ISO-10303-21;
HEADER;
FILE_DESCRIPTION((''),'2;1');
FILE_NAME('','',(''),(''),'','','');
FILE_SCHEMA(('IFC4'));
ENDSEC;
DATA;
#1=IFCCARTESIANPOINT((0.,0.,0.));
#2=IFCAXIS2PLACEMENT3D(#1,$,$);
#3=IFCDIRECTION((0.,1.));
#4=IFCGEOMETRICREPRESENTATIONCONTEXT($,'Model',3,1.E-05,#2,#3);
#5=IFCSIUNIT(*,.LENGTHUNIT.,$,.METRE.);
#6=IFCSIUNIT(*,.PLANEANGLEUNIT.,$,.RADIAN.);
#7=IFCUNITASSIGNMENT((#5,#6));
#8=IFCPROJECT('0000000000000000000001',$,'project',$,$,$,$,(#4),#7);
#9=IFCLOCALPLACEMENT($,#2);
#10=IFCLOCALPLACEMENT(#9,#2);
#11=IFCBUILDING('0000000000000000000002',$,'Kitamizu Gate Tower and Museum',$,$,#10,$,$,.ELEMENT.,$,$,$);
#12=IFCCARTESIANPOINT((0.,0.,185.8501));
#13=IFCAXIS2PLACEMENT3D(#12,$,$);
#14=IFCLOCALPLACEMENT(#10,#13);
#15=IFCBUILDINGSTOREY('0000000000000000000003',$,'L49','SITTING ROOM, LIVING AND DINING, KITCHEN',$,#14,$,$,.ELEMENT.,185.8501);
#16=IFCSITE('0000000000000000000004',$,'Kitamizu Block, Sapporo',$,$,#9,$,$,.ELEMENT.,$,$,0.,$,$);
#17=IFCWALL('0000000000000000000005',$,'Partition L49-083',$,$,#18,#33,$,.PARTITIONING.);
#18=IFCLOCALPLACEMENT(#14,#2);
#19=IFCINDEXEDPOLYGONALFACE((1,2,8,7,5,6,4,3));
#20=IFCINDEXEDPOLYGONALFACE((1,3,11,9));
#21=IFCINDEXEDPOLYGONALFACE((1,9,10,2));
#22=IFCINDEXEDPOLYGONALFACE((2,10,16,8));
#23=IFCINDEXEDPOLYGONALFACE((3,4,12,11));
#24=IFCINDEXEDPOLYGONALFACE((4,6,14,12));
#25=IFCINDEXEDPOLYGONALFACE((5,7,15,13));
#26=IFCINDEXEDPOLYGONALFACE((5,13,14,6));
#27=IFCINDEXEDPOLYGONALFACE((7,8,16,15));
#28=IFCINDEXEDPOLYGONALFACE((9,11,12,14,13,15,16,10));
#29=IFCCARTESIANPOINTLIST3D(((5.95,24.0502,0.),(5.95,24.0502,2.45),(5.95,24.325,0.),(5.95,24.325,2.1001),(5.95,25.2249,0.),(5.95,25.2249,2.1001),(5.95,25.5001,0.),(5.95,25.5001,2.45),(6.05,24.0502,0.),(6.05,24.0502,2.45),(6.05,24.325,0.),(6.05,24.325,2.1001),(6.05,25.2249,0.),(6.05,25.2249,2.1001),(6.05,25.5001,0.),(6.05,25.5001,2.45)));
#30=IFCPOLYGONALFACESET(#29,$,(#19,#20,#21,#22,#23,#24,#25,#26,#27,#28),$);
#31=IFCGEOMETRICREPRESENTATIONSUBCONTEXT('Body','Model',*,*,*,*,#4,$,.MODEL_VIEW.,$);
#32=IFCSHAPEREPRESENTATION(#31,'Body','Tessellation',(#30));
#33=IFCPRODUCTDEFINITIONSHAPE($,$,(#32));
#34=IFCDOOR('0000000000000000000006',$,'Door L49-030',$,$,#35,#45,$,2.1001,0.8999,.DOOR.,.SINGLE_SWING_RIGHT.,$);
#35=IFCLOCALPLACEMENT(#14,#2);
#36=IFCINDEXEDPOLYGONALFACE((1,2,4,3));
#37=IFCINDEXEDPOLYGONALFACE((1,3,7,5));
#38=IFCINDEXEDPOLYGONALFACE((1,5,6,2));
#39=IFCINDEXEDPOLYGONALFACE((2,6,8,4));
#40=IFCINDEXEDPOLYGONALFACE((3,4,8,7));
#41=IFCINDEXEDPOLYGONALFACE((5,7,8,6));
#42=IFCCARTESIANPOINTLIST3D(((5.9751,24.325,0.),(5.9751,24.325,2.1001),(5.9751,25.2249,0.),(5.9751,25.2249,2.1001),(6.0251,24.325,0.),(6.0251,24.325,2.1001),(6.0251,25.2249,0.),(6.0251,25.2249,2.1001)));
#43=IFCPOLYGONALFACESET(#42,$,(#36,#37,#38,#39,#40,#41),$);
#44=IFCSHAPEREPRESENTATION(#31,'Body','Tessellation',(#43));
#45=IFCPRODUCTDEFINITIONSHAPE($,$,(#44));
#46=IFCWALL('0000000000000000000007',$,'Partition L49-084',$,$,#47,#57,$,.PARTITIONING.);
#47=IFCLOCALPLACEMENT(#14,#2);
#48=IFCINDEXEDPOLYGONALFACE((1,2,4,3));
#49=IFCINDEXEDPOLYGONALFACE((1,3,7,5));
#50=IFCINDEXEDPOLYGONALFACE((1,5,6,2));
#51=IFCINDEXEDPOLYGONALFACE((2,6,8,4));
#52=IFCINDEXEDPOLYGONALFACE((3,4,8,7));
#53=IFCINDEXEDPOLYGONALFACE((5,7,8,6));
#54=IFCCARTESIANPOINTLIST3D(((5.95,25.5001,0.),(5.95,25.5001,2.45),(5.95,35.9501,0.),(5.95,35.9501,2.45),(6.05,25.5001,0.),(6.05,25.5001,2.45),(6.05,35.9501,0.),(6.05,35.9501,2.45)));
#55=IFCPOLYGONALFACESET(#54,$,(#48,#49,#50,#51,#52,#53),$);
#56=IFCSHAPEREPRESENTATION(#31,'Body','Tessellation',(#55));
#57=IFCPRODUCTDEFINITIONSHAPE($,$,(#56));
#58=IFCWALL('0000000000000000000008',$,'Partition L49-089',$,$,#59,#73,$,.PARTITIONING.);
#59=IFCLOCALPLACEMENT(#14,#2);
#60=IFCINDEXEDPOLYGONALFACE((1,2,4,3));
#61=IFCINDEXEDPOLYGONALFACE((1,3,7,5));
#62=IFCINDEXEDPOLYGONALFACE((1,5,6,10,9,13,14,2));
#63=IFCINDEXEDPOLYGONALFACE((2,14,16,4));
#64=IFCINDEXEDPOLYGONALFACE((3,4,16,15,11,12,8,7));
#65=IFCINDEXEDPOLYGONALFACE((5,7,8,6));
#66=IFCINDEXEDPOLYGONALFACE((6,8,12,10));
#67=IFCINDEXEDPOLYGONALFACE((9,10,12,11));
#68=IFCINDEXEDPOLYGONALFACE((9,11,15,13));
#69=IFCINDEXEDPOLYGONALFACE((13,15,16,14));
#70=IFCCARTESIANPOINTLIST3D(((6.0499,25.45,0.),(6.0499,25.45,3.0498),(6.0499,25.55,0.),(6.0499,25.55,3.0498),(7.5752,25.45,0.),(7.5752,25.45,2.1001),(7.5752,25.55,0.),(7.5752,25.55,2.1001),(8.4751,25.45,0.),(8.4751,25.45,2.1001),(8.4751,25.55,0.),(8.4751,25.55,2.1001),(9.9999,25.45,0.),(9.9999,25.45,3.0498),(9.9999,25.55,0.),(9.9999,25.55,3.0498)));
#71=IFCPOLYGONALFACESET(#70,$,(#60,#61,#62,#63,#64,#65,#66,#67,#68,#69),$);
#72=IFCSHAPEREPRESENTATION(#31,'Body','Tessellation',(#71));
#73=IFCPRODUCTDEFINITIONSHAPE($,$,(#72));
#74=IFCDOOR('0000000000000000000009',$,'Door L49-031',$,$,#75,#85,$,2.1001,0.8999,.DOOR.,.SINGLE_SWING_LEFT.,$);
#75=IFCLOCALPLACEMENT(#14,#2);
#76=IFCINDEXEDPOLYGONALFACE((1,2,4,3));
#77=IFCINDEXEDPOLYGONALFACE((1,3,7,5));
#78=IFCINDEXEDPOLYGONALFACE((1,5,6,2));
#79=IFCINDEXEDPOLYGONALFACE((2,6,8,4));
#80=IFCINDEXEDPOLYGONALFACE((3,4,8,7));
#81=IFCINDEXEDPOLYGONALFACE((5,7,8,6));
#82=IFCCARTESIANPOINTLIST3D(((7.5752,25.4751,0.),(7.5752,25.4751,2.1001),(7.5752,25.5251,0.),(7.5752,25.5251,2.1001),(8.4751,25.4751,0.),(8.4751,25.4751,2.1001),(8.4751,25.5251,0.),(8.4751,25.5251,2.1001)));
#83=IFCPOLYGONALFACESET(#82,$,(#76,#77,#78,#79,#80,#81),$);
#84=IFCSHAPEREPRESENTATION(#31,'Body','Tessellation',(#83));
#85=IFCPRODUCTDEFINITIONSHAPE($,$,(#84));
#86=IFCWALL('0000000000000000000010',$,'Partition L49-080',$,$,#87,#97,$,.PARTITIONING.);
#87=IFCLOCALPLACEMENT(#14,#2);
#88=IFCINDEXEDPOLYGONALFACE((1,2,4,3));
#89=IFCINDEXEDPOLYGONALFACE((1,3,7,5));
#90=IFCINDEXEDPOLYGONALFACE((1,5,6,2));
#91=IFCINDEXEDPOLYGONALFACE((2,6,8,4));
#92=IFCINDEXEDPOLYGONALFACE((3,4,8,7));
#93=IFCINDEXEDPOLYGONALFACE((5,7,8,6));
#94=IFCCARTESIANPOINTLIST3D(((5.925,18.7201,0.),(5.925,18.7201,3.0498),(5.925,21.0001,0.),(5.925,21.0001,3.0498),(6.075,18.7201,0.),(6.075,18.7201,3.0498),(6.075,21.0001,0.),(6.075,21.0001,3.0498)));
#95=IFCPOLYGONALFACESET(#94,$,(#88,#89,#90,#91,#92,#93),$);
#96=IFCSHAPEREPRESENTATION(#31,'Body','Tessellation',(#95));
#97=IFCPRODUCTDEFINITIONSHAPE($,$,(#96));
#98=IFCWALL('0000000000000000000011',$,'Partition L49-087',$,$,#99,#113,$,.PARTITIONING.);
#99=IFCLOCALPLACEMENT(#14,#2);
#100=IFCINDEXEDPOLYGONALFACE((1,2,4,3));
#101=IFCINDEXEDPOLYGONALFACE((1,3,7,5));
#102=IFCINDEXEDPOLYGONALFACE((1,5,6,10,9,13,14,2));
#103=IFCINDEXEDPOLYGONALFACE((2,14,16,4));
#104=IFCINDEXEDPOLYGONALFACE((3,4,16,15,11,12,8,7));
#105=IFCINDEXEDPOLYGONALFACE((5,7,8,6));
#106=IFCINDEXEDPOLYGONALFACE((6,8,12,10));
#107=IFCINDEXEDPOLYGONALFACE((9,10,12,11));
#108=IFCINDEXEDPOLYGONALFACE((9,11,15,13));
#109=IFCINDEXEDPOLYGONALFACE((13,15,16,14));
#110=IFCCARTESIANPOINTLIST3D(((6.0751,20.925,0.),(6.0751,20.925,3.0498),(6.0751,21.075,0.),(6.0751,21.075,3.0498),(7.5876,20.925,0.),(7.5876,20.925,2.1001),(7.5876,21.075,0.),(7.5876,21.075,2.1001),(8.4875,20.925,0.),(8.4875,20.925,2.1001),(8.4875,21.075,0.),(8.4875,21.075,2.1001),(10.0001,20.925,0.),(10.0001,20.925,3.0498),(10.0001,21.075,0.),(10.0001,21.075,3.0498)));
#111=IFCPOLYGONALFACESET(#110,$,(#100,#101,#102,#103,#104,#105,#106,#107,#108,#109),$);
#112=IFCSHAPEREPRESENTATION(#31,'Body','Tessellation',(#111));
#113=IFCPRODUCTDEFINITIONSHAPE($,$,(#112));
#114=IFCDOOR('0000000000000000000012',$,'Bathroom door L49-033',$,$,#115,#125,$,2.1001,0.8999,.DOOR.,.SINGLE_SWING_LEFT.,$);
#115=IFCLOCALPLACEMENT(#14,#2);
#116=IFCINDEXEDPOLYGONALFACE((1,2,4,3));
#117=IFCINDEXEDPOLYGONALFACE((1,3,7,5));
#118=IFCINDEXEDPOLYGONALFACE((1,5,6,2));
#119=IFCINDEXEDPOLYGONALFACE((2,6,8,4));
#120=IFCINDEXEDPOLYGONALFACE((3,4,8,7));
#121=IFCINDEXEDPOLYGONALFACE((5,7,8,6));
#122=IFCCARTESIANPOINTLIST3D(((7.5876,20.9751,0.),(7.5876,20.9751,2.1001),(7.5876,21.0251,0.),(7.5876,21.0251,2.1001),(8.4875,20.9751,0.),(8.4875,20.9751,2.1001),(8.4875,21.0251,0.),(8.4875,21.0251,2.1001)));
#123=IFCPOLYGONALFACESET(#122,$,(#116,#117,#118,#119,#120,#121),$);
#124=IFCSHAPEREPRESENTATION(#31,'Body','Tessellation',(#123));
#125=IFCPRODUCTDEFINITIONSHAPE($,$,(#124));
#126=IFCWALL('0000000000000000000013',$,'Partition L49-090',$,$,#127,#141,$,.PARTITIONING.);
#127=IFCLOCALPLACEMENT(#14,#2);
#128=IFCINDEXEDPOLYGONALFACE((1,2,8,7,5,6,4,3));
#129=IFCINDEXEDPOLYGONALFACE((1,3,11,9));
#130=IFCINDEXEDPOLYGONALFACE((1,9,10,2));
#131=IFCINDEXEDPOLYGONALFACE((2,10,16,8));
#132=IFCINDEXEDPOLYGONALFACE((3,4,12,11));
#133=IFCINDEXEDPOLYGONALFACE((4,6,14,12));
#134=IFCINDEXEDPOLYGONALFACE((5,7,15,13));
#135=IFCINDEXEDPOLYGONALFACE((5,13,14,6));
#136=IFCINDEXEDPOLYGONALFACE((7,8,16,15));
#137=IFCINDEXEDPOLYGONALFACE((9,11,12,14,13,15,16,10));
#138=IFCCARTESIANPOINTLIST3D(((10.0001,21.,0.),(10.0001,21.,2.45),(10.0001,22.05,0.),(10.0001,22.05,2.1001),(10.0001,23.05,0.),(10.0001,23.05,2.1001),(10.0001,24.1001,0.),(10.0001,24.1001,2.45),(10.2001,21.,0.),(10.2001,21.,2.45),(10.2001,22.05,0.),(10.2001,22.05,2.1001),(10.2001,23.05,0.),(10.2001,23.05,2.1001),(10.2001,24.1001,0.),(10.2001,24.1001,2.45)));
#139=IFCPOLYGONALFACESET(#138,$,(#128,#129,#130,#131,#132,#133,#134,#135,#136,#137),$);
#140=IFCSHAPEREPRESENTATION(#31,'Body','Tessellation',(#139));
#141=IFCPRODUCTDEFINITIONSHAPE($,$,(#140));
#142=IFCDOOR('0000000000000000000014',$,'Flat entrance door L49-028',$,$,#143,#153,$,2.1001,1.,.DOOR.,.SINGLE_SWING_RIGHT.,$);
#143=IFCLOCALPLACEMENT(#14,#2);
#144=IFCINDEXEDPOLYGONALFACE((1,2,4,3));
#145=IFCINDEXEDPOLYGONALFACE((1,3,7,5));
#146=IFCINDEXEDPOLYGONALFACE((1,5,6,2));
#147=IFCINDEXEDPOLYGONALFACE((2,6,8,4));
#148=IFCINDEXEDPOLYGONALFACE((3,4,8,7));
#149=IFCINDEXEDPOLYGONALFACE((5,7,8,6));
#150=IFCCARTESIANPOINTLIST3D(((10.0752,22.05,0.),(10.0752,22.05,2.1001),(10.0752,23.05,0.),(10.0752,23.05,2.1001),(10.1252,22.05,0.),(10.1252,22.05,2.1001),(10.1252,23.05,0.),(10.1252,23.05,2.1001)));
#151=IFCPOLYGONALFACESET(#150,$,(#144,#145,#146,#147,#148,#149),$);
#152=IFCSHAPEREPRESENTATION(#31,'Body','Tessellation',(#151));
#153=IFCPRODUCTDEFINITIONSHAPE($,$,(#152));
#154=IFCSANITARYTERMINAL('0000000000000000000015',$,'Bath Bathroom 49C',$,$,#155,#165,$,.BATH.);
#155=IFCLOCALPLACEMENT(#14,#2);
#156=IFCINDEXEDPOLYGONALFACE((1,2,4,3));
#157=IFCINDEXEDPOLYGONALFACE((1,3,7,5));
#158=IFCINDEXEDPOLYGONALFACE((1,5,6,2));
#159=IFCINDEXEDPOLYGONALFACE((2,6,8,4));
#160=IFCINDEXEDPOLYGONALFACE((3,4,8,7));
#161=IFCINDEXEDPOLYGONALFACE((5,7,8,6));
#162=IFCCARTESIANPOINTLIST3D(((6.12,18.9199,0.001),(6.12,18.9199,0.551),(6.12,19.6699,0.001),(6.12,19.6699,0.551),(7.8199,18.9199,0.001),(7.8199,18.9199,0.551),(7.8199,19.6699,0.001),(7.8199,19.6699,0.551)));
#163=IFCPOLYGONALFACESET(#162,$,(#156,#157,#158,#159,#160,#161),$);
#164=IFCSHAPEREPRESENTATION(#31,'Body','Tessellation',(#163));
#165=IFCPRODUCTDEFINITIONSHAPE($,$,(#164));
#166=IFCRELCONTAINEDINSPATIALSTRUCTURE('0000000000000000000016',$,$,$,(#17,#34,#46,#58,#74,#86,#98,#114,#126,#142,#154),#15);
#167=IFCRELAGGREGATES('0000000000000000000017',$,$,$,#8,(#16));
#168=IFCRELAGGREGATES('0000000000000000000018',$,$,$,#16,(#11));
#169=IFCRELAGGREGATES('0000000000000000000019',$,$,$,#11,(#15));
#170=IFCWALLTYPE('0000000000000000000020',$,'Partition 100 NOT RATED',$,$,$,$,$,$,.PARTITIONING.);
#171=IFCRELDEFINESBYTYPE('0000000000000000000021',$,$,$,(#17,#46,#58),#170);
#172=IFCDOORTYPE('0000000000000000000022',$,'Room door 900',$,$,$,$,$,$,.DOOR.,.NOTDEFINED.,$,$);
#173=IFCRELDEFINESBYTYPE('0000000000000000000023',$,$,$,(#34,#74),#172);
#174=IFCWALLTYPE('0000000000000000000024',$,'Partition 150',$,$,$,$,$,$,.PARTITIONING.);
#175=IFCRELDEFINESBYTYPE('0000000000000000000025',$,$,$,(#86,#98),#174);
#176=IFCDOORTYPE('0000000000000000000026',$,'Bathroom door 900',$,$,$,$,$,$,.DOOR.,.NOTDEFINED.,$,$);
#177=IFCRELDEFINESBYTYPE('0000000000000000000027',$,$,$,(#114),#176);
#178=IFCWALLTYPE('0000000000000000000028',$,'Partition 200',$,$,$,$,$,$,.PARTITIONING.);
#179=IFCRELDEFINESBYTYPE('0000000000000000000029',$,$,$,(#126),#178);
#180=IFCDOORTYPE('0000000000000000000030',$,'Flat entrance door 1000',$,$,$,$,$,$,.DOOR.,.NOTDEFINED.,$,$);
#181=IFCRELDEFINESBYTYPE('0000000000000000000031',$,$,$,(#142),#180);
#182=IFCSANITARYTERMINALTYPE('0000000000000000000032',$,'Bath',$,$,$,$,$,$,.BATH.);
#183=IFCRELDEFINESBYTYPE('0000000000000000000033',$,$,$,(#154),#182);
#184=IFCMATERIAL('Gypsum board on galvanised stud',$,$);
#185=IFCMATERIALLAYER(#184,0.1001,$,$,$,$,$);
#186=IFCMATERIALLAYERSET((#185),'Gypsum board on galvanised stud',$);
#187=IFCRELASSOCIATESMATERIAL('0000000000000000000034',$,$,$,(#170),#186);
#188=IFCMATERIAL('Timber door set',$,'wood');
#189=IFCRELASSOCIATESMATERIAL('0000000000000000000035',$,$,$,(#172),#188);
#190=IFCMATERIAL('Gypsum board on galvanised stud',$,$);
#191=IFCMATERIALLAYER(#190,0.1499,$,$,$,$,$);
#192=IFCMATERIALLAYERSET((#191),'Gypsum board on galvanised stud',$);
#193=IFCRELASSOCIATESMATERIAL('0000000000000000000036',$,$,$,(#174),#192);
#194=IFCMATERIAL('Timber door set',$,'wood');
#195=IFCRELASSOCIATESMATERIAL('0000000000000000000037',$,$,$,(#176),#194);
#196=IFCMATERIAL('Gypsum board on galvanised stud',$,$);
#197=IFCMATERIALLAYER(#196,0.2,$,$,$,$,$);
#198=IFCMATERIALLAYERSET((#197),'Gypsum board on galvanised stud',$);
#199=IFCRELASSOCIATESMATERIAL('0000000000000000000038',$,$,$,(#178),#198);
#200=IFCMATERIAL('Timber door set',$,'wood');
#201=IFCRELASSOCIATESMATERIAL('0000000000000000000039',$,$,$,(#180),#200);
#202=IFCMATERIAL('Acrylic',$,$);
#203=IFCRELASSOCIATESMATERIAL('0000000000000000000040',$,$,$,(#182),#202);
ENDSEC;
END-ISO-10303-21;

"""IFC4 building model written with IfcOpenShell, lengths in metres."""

from ifc_helpers import new_model, si_unit, direction, frame, frame_2d, origin, origin_2d, place, context, subcontext, project, spatial, rectangle, extrude, material, layer, layer_set, type_object, element, fill, save


model = new_model("IFC4")

# Units and contexts
model_context = context("Model", 3, precision=1e-05, world=origin(), true_north=direction((0.0, 1.0)))
body_context = subcontext(model_context, "Body", "Model", "MODEL_VIEW")
ifc_project = project(units=[si_unit("LENGTHUNIT", "METRE"), si_unit("PLANEANGLEUNIT", "RADIAN")], contexts=[model_context])

# Site, building, storey
site_placement = place(None, origin())
site = spatial("IfcSite", under=ifc_project, at=site_placement, Name="Kitamizu Block, Sapporo", CompositionType="ELEMENT", RefElevation=0.0)
building_placement = place(site_placement, origin())
building = spatial("IfcBuilding", under=site, at=building_placement, Name="Kitamizu Gate Tower and Museum", CompositionType="ELEMENT")
storey_placement = place(building_placement, frame((0.0, 0.0, 185.8501)))
storey = spatial("IfcBuildingStorey", under=building, at=storey_placement, Name="L49", Description="SITTING ROOM, LIVING AND DINING, KITCHEN", CompositionType="ELEMENT", Elevation=185.8501)

# Shared definitions
ifc_material_1 = material(Name="Gypsum board on galvanised stud")
ifc_layer_1 = layer(ifc_material_1, 0.1001)
ifc_layer_set_1 = layer_set([ifc_layer_1], Name="Gypsum board on galvanised stud")
wall_type_1 = type_object("IfcWallType", Name="Partition 100 NOT RATED", PredefinedType="PARTITIONING", material=ifc_layer_set_1)

# Wall, opening, door
ifc_material_2 = material(Name="Timber door set", Category="wood")
door_type_1 = type_object("IfcDoorType", Name="Room door 900", OperationType="NOTDEFINED", PredefinedType="DOOR", material=ifc_material_2)
wall_1_placement = place(storey_placement, frame((6.0, 24.05, 0.0), z_axis=(0.0, 0.0, 1.0), x_axis=(0.0, 1.0, 0.0)))
wall_1 = element("IfcWall", 1, at=wall_1_placement, inside=storey, type_object=wall_type_1, Name="Partition L49-083", PredefinedType="PARTITIONING", context=body_context, shape_type="SweptSolid", body=[
    extrude(rectangle(XDim=1.45, YDim=0.1001, at=frame_2d((0.7251, 0.0))), origin(), (0.0, 0.0, 1.0), 2.45),
])
opening_1_placement = place(wall_1_placement, frame((0.2749, 0.0, 0.0)))
opening_1 = element("IfcOpeningElement", 2, at=opening_1_placement, cuts=wall_1, PredefinedType="OPENING", context=body_context, shape_type="SweptSolid", body=[
    extrude(rectangle(XDim=0.8999, YDim=2.1001, at=frame_2d((0.45, 1.05))), frame((0.0, 0.0601, 0.0), z_axis=(0.0, -1.0, 0.0), x_axis=(1.0, 0.0, 0.0)), (0.0, 0.0, 1.0), 0.1201),
])
door_1_placement = place(opening_1_placement, origin())
door_1 = element("IfcDoor", 3, at=door_1_placement, inside=storey, type_object=door_type_1, Name="Door L49-030", OperationType="SINGLE_SWING_RIGHT", OverallHeight=2.1001, OverallWidth=0.8999, PredefinedType="DOOR", context=body_context, shape_type="SweptSolid", body=[
    extrude(rectangle(XDim=0.8999, YDim=2.1001, at=frame_2d((0.45, 1.05))), frame((0.0, 0.0249, 0.0), z_axis=(0.0, -1.0, 0.0), x_axis=(1.0, 0.0, 0.0)), (0.0, 0.0, 1.0), 0.05),
])
fill(opening_1, door_1)

# Wall
wall_2_placement = place(storey_placement, frame((6.0, 25.5, 0.0), z_axis=(0.0, 0.0, 1.0), x_axis=(0.0, 1.0, 0.0)))
element("IfcWall", 4, at=wall_2_placement, inside=storey, type_object=wall_type_1, Name="Partition L49-084", PredefinedType="PARTITIONING", context=body_context, shape_type="SweptSolid", body=[
    extrude(rectangle(XDim=10.45, YDim=0.1001, at=frame_2d((5.2251, 0.0))), origin(), (0.0, 0.0, 1.0), 2.45),
])

# Wall, opening, door
wall_3_placement = place(storey_placement, frame((10.0, 25.5, 0.0), z_axis=(0.0, 0.0, 1.0), x_axis=(-1.0, 0.0, 0.0)))
wall_3 = element("IfcWall", 5, at=wall_3_placement, inside=storey, type_object=wall_type_1, Name="Partition L49-089", PredefinedType="PARTITIONING", context=body_context, shape_type="SweptSolid", body=[
    extrude(rectangle(XDim=3.95, YDim=0.1001, at=frame_2d((1.9751, 0.0))), origin(), (0.0, 0.0, 1.0), 3.0498),
])
opening_2_placement = place(wall_3_placement, frame((1.5249, 0.0, 0.0)))
opening_2 = element("IfcOpeningElement", 6, at=opening_2_placement, cuts=wall_3, PredefinedType="OPENING", context=body_context, shape_type="SweptSolid", body=[
    extrude(rectangle(XDim=0.8999, YDim=2.1001, at=frame_2d((0.45, 1.05))), frame((0.0, 0.0601, 0.0), z_axis=(0.0, -1.0, 0.0), x_axis=(1.0, 0.0, 0.0)), (0.0, 0.0, 1.0), 0.1201),
])
door_2_placement = place(opening_2_placement, origin())
door_2 = element("IfcDoor", 7, at=door_2_placement, inside=storey, type_object=door_type_1, Name="Door L49-031", OperationType="SINGLE_SWING_LEFT", OverallHeight=2.1001, OverallWidth=0.8999, PredefinedType="DOOR", context=body_context, shape_type="SweptSolid", body=[
    extrude(rectangle(XDim=0.8999, YDim=2.1001, at=frame_2d((0.45, 1.05))), frame((0.0, 0.0249, 0.0), z_axis=(0.0, -1.0, 0.0), x_axis=(1.0, 0.0, 0.0)), (0.0, 0.0, 1.0), 0.05),
])
fill(opening_2, door_2)

# Wall
ifc_material_3 = material(Name="Gypsum board on galvanised stud")
ifc_layer_2 = layer(ifc_material_3, 0.1499)
ifc_layer_set_2 = layer_set([ifc_layer_2], Name="Gypsum board on galvanised stud")
wall_type_2 = type_object("IfcWallType", Name="Partition 150", PredefinedType="PARTITIONING", material=ifc_layer_set_2)
wall_4_placement = place(storey_placement, frame((6.0, 18.72, 0.0), z_axis=(0.0, 0.0, 1.0), x_axis=(0.0, 1.0, 0.0)))
element("IfcWall", 8, at=wall_4_placement, inside=storey, type_object=wall_type_2, Name="Partition L49-080", PredefinedType="PARTITIONING", context=body_context, shape_type="SweptSolid", body=[
    extrude(rectangle(XDim=2.28, YDim=0.1499, at=frame_2d((1.1401, 0.0))), origin(), (0.0, 0.0, 1.0), 3.0498),
])

# Walls, openings, doors
wall_5_placement = place(storey_placement, frame((10.0, 21.0, 0.0), z_axis=(0.0, 0.0, 1.0), x_axis=(-1.0, 0.0, 0.0)))
wall_5 = element("IfcWall", 9, at=wall_5_placement, inside=storey, type_object=wall_type_2, Name="Partition L49-087", PredefinedType="PARTITIONING", context=body_context, shape_type="SweptSolid", body=[
    extrude(rectangle(XDim=3.925, YDim=0.1499, at=frame_2d((1.9624, 0.0))), origin(), (0.0, 0.0, 1.0), 3.0498),
])
opening_3_placement = place(wall_5_placement, frame((1.5125, 0.0, 0.0)))
opening_3 = element("IfcOpeningElement", 10, at=opening_3_placement, cuts=wall_5, PredefinedType="OPENING", context=body_context, shape_type="SweptSolid", body=[
    extrude(rectangle(XDim=0.8999, YDim=2.1001, at=frame_2d((0.45, 1.05))), frame((0.0, 0.085, 0.0), z_axis=(0.0, -1.0, 0.0), x_axis=(1.0, 0.0, 0.0)), (0.0, 0.0, 1.0), 0.1699),
])
ifc_material_4 = material(Name="Timber door set", Category="wood")
door_type_2 = type_object("IfcDoorType", Name="Bathroom door 900", OperationType="NOTDEFINED", PredefinedType="DOOR", material=ifc_material_4)
door_3_placement = place(opening_3_placement, origin())
door_3 = element("IfcDoor", 11, at=door_3_placement, inside=storey, type_object=door_type_2, Name="Bathroom door L49-033", OperationType="SINGLE_SWING_LEFT", OverallHeight=2.1001, OverallWidth=0.8999, PredefinedType="DOOR", context=body_context, shape_type="SweptSolid", body=[
    extrude(rectangle(XDim=0.8999, YDim=2.1001, at=frame_2d((0.45, 1.05))), frame((0.0, 0.0249, 0.0), z_axis=(0.0, -1.0, 0.0), x_axis=(1.0, 0.0, 0.0)), (0.0, 0.0, 1.0), 0.05),
])
fill(opening_3, door_3)
ifc_material_5 = material(Name="Gypsum board on galvanised stud")
ifc_layer_3 = layer(ifc_material_5, 0.2)
ifc_layer_set_3 = layer_set([ifc_layer_3], Name="Gypsum board on galvanised stud")
wall_type_3 = type_object("IfcWallType", Name="Partition 200", PredefinedType="PARTITIONING", material=ifc_layer_set_3)
wall_6_placement = place(storey_placement, frame((10.1001, 21.0, 0.0), z_axis=(0.0, 0.0, 1.0), x_axis=(0.0, 1.0, 0.0)))
wall_6 = element("IfcWall", 12, at=wall_6_placement, inside=storey, type_object=wall_type_3, Name="Partition L49-090", PredefinedType="PARTITIONING", context=body_context, shape_type="SweptSolid", body=[
    extrude(rectangle(XDim=3.1001, YDim=0.2, at=frame_2d((1.55, 0.0))), origin(), (0.0, 0.0, 1.0), 2.45),
])
opening_4_placement = place(wall_6_placement, frame((1.05, 0.0, 0.0)))
opening_4 = element("IfcOpeningElement", 13, at=opening_4_placement, cuts=wall_6, PredefinedType="OPENING", context=body_context, shape_type="SweptSolid", body=[
    extrude(rectangle(XDim=1.0, YDim=2.1001, at=frame_2d((0.5, 1.05))), frame((0.0, 0.1099, 0.0), z_axis=(0.0, -1.0, 0.0), x_axis=(1.0, 0.0, 0.0)), (0.0, 0.0, 1.0), 0.22),
])
ifc_material_6 = material(Name="Timber door set", Category="wood")
door_type_3 = type_object("IfcDoorType", Name="Flat entrance door 1000", OperationType="NOTDEFINED", PredefinedType="DOOR", material=ifc_material_6)
door_4_placement = place(opening_4_placement, origin())
door_4 = element("IfcDoor", 14, at=door_4_placement, inside=storey, type_object=door_type_3, Name="Flat entrance door L49-028", OperationType="SINGLE_SWING_RIGHT", OverallHeight=2.1001, OverallWidth=1.0, PredefinedType="DOOR", context=body_context, shape_type="SweptSolid", body=[
    extrude(rectangle(XDim=1.0, YDim=2.1001, at=frame_2d((0.5, 1.05))), frame((0.0, 0.0249, 0.0), z_axis=(0.0, -1.0, 0.0), x_axis=(1.0, 0.0, 0.0)), (0.0, 0.0, 1.0), 0.05),
])
fill(opening_4, door_4)

# Sanitary terminal
ifc_material_7 = material(Name="Acrylic")
sanitary_terminal_type_1 = type_object("IfcSanitaryTerminalType", Name="Bath", PredefinedType="BATH", material=ifc_material_7)
sanitary_terminal_1_placement = place(storey_placement, frame((6.97, 19.2949, 0.001), z_axis=(0.0, 0.0, 1.0), x_axis=(1.0, 0.0, 0.0)))
element("IfcSanitaryTerminal", 15, at=sanitary_terminal_1_placement, inside=storey, type_object=sanitary_terminal_type_1, Name="Bath Bathroom 49C", PredefinedType="BATH", context=body_context, shape_type="SweptSolid", body=[
    extrude(rectangle(XDim=1.7, YDim=0.75, at=origin_2d()), origin(), (0.0, 0.0, 1.0), 0.55),
])

save(model, "model.ifc")
